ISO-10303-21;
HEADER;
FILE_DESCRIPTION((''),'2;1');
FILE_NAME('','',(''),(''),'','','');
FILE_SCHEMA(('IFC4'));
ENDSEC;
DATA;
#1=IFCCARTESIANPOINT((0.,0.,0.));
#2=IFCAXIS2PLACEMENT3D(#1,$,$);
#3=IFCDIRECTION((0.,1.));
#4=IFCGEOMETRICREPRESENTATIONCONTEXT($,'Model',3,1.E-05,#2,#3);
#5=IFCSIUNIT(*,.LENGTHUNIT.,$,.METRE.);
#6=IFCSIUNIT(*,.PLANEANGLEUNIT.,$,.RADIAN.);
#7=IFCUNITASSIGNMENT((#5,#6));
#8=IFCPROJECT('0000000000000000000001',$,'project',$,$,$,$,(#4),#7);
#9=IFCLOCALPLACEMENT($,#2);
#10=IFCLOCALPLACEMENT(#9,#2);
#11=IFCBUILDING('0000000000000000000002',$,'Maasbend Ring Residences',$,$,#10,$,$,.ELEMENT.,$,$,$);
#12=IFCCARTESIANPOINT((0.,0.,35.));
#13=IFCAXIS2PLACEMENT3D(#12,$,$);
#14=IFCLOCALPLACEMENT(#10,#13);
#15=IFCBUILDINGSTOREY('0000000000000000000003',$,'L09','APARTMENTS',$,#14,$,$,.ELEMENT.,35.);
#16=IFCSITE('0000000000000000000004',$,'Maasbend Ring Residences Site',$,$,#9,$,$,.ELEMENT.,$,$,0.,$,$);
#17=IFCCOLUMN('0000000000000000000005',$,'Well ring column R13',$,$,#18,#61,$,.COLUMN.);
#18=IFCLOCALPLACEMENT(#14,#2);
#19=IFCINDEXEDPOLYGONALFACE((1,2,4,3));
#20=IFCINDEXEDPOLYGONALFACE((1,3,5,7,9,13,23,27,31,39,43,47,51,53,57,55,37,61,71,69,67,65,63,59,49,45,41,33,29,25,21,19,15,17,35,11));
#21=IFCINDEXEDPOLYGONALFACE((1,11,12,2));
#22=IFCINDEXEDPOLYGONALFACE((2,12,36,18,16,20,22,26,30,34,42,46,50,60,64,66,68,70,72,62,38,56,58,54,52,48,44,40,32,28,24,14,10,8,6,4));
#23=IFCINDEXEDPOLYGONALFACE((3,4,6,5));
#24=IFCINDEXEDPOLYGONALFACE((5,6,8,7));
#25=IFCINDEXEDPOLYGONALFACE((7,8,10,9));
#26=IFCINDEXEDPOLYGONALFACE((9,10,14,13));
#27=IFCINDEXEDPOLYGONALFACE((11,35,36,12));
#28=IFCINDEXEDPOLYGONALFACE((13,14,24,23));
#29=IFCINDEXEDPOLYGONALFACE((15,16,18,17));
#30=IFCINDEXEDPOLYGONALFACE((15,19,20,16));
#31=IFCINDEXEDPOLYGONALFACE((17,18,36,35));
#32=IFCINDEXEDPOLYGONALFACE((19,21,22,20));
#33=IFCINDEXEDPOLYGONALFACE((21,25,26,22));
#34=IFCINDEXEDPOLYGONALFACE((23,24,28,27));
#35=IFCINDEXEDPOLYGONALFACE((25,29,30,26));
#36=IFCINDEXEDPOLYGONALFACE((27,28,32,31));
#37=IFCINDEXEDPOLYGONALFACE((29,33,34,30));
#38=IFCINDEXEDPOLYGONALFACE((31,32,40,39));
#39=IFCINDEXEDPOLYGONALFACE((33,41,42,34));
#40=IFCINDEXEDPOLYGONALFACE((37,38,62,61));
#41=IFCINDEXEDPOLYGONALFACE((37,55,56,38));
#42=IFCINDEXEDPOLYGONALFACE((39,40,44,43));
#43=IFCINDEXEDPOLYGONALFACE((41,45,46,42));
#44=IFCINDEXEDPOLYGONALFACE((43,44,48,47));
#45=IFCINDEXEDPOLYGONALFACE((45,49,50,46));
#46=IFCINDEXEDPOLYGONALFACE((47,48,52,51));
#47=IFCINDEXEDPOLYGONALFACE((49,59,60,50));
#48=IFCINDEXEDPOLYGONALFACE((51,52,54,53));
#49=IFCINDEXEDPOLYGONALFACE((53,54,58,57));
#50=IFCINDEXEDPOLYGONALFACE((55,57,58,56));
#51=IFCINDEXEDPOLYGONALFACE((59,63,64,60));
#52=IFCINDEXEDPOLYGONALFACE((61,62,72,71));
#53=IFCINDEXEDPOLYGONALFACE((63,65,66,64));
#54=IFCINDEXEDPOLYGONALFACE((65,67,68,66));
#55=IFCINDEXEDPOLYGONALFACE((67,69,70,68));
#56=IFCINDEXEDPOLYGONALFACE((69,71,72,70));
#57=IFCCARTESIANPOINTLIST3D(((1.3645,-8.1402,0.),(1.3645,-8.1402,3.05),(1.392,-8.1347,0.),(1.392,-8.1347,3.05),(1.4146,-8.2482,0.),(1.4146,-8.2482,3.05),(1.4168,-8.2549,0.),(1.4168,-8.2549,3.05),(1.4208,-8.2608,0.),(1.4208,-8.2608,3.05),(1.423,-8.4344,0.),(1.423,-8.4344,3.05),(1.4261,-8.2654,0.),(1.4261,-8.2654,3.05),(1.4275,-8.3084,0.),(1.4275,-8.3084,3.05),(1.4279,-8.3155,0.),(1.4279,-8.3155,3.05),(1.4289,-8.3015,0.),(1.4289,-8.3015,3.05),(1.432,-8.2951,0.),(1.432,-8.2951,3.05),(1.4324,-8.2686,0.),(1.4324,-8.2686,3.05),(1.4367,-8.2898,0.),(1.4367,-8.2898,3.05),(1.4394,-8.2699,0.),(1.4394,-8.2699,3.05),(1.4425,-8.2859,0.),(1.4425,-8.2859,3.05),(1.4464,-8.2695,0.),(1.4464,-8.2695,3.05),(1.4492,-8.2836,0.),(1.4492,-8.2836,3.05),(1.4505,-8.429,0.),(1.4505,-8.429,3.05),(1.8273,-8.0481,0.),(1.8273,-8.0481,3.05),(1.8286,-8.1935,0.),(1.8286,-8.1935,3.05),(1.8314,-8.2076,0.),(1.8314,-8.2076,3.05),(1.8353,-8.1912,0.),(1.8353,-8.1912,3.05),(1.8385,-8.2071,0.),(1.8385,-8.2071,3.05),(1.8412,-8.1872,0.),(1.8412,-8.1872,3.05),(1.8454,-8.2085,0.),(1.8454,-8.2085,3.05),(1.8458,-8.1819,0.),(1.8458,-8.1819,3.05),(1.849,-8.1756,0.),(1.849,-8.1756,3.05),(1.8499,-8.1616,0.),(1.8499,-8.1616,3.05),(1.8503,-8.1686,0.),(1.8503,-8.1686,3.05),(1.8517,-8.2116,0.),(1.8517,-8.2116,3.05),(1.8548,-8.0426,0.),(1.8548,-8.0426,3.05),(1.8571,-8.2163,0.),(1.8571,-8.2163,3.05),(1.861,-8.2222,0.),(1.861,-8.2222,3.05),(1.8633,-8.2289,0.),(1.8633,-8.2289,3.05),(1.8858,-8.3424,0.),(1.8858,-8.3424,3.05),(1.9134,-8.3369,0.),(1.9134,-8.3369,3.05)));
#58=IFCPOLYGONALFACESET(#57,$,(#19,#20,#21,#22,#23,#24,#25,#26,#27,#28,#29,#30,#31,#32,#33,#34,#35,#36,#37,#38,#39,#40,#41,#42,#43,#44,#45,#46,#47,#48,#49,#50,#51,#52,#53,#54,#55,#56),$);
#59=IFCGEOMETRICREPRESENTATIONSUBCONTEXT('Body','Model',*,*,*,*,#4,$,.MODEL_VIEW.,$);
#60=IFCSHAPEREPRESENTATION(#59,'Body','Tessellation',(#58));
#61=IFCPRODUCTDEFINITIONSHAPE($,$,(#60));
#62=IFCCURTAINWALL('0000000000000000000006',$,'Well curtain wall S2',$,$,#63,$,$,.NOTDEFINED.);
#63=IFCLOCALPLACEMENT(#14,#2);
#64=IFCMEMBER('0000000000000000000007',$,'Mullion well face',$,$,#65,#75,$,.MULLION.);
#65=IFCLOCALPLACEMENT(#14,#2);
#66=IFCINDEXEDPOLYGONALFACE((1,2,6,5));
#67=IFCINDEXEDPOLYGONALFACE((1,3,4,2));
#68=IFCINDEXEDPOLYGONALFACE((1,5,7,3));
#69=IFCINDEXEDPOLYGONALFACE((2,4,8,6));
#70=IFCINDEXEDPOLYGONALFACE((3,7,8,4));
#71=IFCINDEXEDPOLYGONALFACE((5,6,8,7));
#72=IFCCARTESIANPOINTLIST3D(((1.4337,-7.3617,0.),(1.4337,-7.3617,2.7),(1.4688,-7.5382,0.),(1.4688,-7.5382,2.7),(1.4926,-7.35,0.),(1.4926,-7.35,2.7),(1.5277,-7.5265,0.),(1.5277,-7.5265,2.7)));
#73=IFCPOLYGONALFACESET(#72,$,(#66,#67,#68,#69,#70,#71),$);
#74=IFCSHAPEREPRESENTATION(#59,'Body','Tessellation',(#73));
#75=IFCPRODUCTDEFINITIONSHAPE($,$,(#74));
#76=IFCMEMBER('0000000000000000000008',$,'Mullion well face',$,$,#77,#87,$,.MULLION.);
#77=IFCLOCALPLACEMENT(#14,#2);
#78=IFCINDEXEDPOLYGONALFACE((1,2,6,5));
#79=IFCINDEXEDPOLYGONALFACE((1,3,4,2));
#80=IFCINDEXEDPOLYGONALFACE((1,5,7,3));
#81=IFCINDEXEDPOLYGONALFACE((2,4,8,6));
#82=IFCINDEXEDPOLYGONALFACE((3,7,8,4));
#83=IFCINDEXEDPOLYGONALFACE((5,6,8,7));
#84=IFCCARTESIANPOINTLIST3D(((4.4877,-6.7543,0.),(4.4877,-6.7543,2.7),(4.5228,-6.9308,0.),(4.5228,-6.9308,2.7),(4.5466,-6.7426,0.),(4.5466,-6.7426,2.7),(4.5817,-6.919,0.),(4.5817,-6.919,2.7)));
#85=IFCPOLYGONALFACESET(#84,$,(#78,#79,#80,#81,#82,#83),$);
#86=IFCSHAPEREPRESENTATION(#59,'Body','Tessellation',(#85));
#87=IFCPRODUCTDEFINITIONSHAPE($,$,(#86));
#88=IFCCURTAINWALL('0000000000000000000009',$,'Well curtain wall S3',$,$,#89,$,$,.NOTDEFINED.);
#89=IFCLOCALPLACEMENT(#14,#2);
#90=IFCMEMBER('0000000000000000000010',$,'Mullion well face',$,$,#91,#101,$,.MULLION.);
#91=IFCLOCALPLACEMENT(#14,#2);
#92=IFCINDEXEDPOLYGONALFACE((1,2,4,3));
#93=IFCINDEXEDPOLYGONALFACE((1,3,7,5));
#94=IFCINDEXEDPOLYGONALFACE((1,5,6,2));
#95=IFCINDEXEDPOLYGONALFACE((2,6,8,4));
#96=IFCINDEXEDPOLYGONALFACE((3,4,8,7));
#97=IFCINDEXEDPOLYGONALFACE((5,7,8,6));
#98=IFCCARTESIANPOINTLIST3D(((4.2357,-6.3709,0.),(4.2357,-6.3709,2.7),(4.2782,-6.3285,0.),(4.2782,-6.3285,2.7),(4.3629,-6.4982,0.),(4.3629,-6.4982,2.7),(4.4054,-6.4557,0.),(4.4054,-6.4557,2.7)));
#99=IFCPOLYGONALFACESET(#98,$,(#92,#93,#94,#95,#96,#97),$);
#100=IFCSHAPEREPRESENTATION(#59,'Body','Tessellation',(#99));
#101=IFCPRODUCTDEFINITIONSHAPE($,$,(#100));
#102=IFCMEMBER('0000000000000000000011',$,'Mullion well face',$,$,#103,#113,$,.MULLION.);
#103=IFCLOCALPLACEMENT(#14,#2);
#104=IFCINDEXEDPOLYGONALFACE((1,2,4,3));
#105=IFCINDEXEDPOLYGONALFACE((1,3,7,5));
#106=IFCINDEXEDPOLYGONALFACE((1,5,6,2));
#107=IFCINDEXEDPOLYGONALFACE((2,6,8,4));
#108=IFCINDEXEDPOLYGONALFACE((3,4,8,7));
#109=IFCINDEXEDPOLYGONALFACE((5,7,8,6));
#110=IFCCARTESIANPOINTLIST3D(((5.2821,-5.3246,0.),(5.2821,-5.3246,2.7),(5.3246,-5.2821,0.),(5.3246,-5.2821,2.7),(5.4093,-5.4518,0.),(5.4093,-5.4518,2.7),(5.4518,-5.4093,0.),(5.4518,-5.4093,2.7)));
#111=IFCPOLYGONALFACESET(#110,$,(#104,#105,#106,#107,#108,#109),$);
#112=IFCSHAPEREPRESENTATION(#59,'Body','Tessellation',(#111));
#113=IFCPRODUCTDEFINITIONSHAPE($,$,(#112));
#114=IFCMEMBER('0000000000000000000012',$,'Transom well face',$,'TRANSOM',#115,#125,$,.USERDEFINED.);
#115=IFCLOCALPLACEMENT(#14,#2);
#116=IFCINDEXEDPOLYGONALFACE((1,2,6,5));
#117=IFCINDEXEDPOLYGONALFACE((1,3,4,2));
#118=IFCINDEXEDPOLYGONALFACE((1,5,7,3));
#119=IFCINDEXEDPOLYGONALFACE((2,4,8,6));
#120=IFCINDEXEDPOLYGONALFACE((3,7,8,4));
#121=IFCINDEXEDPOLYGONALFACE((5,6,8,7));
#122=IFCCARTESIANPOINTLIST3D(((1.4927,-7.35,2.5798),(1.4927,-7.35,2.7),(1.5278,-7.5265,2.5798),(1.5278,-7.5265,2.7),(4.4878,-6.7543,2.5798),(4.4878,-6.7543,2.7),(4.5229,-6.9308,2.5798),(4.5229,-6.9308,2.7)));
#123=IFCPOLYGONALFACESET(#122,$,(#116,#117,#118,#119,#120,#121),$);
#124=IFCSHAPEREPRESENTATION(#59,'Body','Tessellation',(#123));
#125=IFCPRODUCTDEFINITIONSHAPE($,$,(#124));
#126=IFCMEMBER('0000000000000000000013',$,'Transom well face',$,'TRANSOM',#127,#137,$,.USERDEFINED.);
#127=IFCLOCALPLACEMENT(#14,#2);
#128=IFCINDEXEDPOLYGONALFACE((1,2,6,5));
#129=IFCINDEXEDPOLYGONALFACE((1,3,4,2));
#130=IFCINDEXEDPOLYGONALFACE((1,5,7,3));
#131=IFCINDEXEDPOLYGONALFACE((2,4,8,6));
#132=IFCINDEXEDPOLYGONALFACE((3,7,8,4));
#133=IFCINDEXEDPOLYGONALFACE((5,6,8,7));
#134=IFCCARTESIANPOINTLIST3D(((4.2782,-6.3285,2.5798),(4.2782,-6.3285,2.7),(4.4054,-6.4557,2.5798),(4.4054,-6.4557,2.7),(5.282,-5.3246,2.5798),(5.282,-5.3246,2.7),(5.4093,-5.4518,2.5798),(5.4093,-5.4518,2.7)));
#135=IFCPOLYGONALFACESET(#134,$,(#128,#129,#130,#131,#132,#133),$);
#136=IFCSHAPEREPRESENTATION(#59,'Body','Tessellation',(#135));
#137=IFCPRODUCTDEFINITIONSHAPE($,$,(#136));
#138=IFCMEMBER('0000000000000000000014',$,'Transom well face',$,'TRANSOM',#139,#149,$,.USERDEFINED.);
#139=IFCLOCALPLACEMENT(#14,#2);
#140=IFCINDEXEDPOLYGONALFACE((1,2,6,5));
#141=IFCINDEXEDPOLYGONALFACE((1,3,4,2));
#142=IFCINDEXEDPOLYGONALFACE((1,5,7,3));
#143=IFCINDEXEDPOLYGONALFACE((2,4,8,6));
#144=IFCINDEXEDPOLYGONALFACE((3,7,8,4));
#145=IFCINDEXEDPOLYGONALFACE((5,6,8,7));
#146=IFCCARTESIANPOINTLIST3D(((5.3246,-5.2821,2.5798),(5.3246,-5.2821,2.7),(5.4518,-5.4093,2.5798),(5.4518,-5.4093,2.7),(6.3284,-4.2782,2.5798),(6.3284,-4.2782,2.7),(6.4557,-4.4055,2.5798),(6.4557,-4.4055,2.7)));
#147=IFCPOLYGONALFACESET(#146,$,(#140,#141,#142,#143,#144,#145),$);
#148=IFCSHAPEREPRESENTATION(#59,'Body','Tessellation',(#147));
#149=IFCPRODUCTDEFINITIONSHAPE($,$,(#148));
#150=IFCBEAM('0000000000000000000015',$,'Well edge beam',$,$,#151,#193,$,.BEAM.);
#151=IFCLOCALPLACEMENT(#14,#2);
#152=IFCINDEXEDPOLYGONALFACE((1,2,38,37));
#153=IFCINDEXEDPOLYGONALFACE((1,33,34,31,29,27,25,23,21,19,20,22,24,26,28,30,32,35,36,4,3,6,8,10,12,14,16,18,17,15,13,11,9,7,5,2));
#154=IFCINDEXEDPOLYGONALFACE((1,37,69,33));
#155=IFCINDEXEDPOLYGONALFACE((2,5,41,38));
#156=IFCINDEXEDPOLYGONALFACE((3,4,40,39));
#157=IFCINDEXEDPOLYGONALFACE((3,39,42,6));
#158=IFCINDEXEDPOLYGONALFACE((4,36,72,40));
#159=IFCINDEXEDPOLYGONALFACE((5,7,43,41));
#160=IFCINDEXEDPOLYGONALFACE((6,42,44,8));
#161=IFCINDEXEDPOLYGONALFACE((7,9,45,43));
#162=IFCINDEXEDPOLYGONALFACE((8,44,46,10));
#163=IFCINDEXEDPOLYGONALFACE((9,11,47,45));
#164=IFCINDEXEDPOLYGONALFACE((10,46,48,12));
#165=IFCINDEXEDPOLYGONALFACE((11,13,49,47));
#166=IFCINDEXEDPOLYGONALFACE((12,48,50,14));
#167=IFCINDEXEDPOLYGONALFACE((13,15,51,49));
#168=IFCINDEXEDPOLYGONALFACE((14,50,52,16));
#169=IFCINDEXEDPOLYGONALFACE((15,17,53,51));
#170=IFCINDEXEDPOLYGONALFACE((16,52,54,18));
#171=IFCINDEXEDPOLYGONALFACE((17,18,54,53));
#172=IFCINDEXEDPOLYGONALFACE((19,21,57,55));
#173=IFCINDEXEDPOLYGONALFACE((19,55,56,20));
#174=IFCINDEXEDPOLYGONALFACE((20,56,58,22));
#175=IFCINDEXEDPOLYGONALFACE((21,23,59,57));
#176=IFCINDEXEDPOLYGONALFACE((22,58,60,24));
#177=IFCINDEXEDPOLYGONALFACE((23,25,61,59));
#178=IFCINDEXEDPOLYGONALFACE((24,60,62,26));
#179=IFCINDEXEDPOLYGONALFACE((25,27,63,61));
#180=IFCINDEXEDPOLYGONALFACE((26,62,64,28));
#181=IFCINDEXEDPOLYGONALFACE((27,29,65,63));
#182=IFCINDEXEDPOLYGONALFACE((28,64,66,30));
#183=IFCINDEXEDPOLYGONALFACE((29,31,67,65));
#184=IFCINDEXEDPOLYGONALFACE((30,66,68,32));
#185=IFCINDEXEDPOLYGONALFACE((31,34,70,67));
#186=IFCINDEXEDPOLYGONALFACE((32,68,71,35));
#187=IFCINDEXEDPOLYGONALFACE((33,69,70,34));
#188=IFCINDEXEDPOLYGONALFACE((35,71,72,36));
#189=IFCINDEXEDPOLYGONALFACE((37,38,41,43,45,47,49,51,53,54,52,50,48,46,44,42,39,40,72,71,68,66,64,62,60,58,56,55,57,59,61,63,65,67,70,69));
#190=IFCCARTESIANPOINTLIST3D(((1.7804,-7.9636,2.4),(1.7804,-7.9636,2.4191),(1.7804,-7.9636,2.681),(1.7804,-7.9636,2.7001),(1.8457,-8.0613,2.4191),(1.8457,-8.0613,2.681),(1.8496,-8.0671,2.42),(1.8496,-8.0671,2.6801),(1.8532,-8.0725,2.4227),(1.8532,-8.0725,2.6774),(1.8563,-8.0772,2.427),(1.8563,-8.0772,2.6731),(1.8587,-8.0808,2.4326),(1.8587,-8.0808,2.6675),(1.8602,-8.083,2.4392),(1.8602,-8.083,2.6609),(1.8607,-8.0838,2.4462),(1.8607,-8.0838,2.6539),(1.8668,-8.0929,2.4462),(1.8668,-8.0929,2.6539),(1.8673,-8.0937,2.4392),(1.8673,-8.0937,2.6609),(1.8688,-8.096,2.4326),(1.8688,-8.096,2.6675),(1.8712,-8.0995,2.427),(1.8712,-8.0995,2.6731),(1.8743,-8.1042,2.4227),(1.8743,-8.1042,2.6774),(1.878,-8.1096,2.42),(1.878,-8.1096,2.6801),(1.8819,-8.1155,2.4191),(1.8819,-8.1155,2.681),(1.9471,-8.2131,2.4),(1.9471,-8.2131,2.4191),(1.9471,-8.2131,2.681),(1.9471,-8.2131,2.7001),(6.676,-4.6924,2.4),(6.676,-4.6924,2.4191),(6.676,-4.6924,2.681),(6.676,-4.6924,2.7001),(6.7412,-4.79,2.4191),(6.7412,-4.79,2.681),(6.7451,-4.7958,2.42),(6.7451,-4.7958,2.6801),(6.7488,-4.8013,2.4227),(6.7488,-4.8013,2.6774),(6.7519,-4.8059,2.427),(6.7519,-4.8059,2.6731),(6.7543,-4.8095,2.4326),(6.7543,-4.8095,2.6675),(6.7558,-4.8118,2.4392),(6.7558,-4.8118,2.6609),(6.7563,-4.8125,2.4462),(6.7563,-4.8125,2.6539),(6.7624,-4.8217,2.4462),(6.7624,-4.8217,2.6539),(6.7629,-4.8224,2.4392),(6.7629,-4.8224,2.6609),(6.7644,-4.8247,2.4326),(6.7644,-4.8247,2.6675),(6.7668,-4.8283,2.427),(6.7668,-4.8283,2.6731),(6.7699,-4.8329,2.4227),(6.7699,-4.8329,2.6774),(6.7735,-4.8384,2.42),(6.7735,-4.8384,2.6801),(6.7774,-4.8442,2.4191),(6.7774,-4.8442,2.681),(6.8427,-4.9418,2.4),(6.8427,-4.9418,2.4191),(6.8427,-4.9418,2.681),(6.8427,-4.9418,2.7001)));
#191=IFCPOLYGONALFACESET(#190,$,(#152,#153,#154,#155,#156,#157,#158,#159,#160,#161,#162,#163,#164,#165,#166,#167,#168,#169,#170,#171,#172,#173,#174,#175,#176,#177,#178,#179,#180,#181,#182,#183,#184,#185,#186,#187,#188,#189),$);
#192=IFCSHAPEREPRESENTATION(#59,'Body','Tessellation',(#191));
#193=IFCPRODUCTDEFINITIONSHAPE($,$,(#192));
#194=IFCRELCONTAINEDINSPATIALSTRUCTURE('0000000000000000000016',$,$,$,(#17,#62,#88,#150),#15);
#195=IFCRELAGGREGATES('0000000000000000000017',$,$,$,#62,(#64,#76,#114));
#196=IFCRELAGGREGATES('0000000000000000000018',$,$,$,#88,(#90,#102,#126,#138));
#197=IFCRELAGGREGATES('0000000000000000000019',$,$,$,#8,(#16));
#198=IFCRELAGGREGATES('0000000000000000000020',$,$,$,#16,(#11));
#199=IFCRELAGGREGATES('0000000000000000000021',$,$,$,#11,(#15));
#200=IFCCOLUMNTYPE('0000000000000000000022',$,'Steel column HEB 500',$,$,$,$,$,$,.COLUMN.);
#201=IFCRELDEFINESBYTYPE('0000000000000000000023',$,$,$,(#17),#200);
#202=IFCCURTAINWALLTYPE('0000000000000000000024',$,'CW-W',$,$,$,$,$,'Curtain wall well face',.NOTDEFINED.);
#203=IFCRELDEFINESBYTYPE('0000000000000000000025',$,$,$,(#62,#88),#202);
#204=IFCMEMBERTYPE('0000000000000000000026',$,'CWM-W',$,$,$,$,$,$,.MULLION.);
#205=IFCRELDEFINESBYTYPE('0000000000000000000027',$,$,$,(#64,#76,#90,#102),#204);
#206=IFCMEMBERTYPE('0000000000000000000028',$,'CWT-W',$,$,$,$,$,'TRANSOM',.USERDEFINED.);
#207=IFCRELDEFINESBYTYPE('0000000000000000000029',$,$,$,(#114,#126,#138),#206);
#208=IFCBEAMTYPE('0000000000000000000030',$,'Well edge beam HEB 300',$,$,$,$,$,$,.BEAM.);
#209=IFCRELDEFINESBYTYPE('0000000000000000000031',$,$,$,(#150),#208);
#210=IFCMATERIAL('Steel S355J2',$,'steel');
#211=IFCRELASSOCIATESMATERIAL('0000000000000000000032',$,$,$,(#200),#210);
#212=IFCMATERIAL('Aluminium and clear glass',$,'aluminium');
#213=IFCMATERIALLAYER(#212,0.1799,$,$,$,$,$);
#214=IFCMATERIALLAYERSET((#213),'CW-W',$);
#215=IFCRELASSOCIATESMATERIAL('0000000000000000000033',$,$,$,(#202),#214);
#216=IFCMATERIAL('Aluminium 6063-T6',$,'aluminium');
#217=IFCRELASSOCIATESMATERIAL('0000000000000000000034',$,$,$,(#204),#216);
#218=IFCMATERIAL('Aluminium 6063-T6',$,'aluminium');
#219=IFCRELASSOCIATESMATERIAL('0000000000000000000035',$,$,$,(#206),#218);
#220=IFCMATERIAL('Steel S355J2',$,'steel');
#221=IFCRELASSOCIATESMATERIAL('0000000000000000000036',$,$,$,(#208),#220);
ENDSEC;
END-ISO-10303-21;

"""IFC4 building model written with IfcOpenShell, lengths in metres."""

from ifc_helpers import new_model, si_unit, direction, frame, origin, origin_2d, place, context, subcontext, project, spatial, rectangle, i_section, extrude, material, layer, layer_set, material_profile, profile_set, type_object, element, aggregate, save


model = new_model("IFC4")

# Units and contexts
model_context = context("Model", 3, precision=1e-05, world=origin(), true_north=direction((0.0, 1.0)))
body_context = subcontext(model_context, "Body", "Model", "MODEL_VIEW")
ifc_project = project(units=[si_unit("LENGTHUNIT", "METRE"), si_unit("PLANEANGLEUNIT", "RADIAN")], contexts=[model_context])

# Site, building, storey
site_placement = place(None, origin())
site = spatial("IfcSite", under=ifc_project, at=site_placement, Name="Maasbend Ring Residences Site", CompositionType="ELEMENT", RefElevation=0.0)
building_placement = place(site_placement, origin())
building = spatial("IfcBuilding", under=site, at=building_placement, Name="Maasbend Ring Residences", CompositionType="ELEMENT")
storey_placement = place(building_placement, frame((0.0, 0.0, 35.0)))
storey = spatial("IfcBuildingStorey", under=building, at=storey_placement, Name="L09", Description="APARTMENTS", CompositionType="ELEMENT", Elevation=35.0)

# Column
ifc_material_1 = material(Name="Steel S355J2", Category="steel")
ifc_material_profile_1 = material_profile(ifc_material_1, i_section(OverallWidth=0.3, OverallDepth=0.5, WebThickness=0.0144, FlangeThickness=0.0281, FilletRadius=0.0271, at=origin_2d()), Name="HEB 500")
ifc_profile_set_1 = profile_set([ifc_material_profile_1], Name="Steel S355J2")
column_type = type_object("IfcColumnType", Name="Steel column HEB 500", PredefinedType="COLUMN", material=ifc_profile_set_1)
column_placement = place(storey_placement, frame((1.6389, -8.2385, 0.0), z_axis=(0.0, 0.0, 1.0), x_axis=(0.19509, -0.980785, 0.0)))
element("IfcColumn", 1, at=column_placement, inside=storey, type_object=column_type, Name="Well ring column R13", PredefinedType="COLUMN", context=body_context, shape_type="SweptSolid", body=[
    extrude(i_section(OverallWidth=0.3, OverallDepth=0.5, WebThickness=0.0144, FlangeThickness=0.0281, FilletRadius=0.0271, at=origin_2d()), origin(), (0.0, 0.0, 1.0), 3.05),
])

# Curtain walls, members
ifc_material_2 = material(Name="Aluminium and clear glass", Category="aluminium")
ifc_layer_1 = layer(ifc_material_2, 0.1799)
ifc_layer_set_1 = layer_set([ifc_layer_1], Name="CW-W")
curtain_wall_type = type_object("IfcCurtainWallType", Name="CW-W", ElementType="Curtain wall well face", PredefinedType="NOTDEFINED", material=ifc_layer_set_1)
curtain_wall_1_placement = place(storey_placement, origin())
curtain_wall_1 = element("IfcCurtainWall", 2, at=curtain_wall_1_placement, inside=storey, type_object=curtain_wall_type, Name="Well curtain wall S2", PredefinedType="NOTDEFINED")
ifc_material_3 = material(Name="Aluminium 6063-T6", Category="aluminium")
ifc_material_profile_2 = material_profile(ifc_material_3, rectangle(XDim=0.1799, YDim=0.0601, at=origin_2d()), Name="AL 180x60")
ifc_profile_set_2 = profile_set([ifc_material_profile_2], Name="Aluminium 6063-T6")
member_type_1 = type_object("IfcMemberType", Name="CWM-W", PredefinedType="MULLION", material=ifc_profile_set_2)
member_1_placement = place(storey_placement, frame((1.4807, -7.4441, 0.0), z_axis=(0.0, 0.0, 1.0), x_axis=(-0.19509, 0.980785, 0.0)))
member_1 = element("IfcMember", 3, at=member_1_placement, type_object=member_type_1, Name="Mullion well face", PredefinedType="MULLION", context=body_context, shape_type="SweptSolid", body=[
    extrude(rectangle(XDim=0.1799, YDim=0.0601, at=origin_2d()), origin(), (0.0, 0.0, 1.0), 2.7),
])
member_2_placement = place(storey_placement, frame((4.5347, -6.8367, 0.0), z_axis=(0.0, 0.0, 1.0), x_axis=(-0.19509, 0.980785, 0.0)))
member_2 = element("IfcMember", 4, at=member_2_placement, type_object=member_type_1, Name="Mullion well face", PredefinedType="MULLION", context=body_context, shape_type="SweptSolid", body=[
    extrude(rectangle(XDim=0.1799, YDim=0.0601, at=origin_2d()), origin(), (0.0, 0.0, 1.0), 2.7),
])
curtain_wall_2_placement = place(storey_placement, origin())
curtain_wall_2 = element("IfcCurtainWall", 5, at=curtain_wall_2_placement, inside=storey, type_object=curtain_wall_type, Name="Well curtain wall S3", PredefinedType="NOTDEFINED")
member_3_placement = place(storey_placement, frame((4.3206, -6.4133, 0.0), z_axis=(0.0, 0.0, 1.0), x_axis=(-0.707107, 0.707107, 0.0)))
member_3 = element("IfcMember", 6, at=member_3_placement, type_object=member_type_1, Name="Mullion well face", PredefinedType="MULLION", context=body_context, shape_type="SweptSolid", body=[
    extrude(rectangle(XDim=0.1799, YDim=0.0601, at=origin_2d()), origin(), (0.0, 0.0, 1.0), 2.7),
])
member_4_placement = place(storey_placement, frame((5.3669, -5.3669, 0.0), z_axis=(0.0, 0.0, 1.0), x_axis=(-0.707107, 0.707107, 0.0)))
member_4 = element("IfcMember", 7, at=member_4_placement, type_object=member_type_1, Name="Mullion well face", PredefinedType="MULLION", context=body_context, shape_type="SweptSolid", body=[
    extrude(rectangle(XDim=0.1799, YDim=0.0601, at=origin_2d()), origin(), (0.0, 0.0, 1.0), 2.7),
])

# Members
ifc_material_4 = material(Name="Aluminium 6063-T6", Category="aluminium")
ifc_material_profile_3 = material_profile(ifc_material_4, rectangle(XDim=0.1799, YDim=0.1201, at=origin_2d()), Name="AL 180x120")
ifc_profile_set_3 = profile_set([ifc_material_profile_3], Name="Aluminium 6063-T6")
member_type_2 = type_object("IfcMemberType", Name="CWT-W", ElementType="TRANSOM", PredefinedType="USERDEFINED", material=ifc_profile_set_3)
member_5_placement = place(storey_placement, frame((1.5103, -7.4382, 2.6399), z_axis=(0.980789, 0.195071, 0.0), x_axis=(-0.195071, 0.980789, 0.0)))
member_5 = element("IfcMember", 8, at=member_5_placement, type_object=member_type_2, Name="Transom well face", ObjectType="TRANSOM", PredefinedType="USERDEFINED", context=body_context, shape_type="SweptSolid", body=[
    extrude(rectangle(XDim=0.1799, YDim=0.1201, at=origin_2d()), origin(), (0.0, 0.0, 1.0), 3.0537),
])
member_6_placement = place(storey_placement, frame((4.3418, -6.3921, 2.6399), z_axis=(0.707107, 0.707107, 0.0), x_axis=(-0.707107, 0.707107, 0.0)))
member_6 = element("IfcMember", 9, at=member_6_placement, type_object=member_type_2, Name="Transom well face", ObjectType="TRANSOM", PredefinedType="USERDEFINED", context=body_context, shape_type="SweptSolid", body=[
    extrude(rectangle(XDim=0.1799, YDim=0.1201, at=origin_2d()), origin(), (0.0, 0.0, 1.0), 1.4197),
])
member_7_placement = place(storey_placement, frame((5.3882, -5.3457, 2.6399), z_axis=(0.707107, 0.707107, 0.0), x_axis=(-0.707107, 0.707107, 0.0)))
member_7 = element("IfcMember", 10, at=member_7_placement, type_object=member_type_2, Name="Transom well face", ObjectType="TRANSOM", PredefinedType="USERDEFINED", context=body_context, shape_type="SweptSolid", body=[
    extrude(rectangle(XDim=0.1799, YDim=0.1201, at=origin_2d()), origin(), (0.0, 0.0, 1.0), 1.4197),
])

# Beam
ifc_material_5 = material(Name="Steel S355J2", Category="steel")
ifc_material_profile_4 = material_profile(ifc_material_5, i_section(OverallWidth=0.3, OverallDepth=0.3, WebThickness=0.011, FlangeThickness=0.019, FilletRadius=0.0271, at=origin_2d()), Name="HEB 300")
ifc_profile_set_4 = profile_set([ifc_material_profile_4], Name="Steel S355J2")
beam_type = type_object("IfcBeamType", Name="Well edge beam HEB 300", PredefinedType="BEAM", material=ifc_profile_set_4)
beam_placement = place(storey_placement, frame((1.8638, -8.0884, 2.55), z_axis=(0.831457, 0.55559, 0.0), x_axis=(-0.55559, 0.831457, 0.0)))
element("IfcBeam", 11, at=beam_placement, inside=storey, type_object=beam_type, Name="Well edge beam", PredefinedType="BEAM", context=body_context, shape_type="SweptSolid", body=[
    extrude(i_section(OverallWidth=0.3, OverallDepth=0.3, WebThickness=0.011, FlangeThickness=0.019, FilletRadius=0.0271, at=origin_2d()), origin(), (0.0, 0.0, 1.0), 5.8879),
])

aggregate(curtain_wall_1, [member_1, member_2, member_5])
aggregate(curtain_wall_2, [member_3, member_4, member_6, member_7])

save(model, "model.ifc")
